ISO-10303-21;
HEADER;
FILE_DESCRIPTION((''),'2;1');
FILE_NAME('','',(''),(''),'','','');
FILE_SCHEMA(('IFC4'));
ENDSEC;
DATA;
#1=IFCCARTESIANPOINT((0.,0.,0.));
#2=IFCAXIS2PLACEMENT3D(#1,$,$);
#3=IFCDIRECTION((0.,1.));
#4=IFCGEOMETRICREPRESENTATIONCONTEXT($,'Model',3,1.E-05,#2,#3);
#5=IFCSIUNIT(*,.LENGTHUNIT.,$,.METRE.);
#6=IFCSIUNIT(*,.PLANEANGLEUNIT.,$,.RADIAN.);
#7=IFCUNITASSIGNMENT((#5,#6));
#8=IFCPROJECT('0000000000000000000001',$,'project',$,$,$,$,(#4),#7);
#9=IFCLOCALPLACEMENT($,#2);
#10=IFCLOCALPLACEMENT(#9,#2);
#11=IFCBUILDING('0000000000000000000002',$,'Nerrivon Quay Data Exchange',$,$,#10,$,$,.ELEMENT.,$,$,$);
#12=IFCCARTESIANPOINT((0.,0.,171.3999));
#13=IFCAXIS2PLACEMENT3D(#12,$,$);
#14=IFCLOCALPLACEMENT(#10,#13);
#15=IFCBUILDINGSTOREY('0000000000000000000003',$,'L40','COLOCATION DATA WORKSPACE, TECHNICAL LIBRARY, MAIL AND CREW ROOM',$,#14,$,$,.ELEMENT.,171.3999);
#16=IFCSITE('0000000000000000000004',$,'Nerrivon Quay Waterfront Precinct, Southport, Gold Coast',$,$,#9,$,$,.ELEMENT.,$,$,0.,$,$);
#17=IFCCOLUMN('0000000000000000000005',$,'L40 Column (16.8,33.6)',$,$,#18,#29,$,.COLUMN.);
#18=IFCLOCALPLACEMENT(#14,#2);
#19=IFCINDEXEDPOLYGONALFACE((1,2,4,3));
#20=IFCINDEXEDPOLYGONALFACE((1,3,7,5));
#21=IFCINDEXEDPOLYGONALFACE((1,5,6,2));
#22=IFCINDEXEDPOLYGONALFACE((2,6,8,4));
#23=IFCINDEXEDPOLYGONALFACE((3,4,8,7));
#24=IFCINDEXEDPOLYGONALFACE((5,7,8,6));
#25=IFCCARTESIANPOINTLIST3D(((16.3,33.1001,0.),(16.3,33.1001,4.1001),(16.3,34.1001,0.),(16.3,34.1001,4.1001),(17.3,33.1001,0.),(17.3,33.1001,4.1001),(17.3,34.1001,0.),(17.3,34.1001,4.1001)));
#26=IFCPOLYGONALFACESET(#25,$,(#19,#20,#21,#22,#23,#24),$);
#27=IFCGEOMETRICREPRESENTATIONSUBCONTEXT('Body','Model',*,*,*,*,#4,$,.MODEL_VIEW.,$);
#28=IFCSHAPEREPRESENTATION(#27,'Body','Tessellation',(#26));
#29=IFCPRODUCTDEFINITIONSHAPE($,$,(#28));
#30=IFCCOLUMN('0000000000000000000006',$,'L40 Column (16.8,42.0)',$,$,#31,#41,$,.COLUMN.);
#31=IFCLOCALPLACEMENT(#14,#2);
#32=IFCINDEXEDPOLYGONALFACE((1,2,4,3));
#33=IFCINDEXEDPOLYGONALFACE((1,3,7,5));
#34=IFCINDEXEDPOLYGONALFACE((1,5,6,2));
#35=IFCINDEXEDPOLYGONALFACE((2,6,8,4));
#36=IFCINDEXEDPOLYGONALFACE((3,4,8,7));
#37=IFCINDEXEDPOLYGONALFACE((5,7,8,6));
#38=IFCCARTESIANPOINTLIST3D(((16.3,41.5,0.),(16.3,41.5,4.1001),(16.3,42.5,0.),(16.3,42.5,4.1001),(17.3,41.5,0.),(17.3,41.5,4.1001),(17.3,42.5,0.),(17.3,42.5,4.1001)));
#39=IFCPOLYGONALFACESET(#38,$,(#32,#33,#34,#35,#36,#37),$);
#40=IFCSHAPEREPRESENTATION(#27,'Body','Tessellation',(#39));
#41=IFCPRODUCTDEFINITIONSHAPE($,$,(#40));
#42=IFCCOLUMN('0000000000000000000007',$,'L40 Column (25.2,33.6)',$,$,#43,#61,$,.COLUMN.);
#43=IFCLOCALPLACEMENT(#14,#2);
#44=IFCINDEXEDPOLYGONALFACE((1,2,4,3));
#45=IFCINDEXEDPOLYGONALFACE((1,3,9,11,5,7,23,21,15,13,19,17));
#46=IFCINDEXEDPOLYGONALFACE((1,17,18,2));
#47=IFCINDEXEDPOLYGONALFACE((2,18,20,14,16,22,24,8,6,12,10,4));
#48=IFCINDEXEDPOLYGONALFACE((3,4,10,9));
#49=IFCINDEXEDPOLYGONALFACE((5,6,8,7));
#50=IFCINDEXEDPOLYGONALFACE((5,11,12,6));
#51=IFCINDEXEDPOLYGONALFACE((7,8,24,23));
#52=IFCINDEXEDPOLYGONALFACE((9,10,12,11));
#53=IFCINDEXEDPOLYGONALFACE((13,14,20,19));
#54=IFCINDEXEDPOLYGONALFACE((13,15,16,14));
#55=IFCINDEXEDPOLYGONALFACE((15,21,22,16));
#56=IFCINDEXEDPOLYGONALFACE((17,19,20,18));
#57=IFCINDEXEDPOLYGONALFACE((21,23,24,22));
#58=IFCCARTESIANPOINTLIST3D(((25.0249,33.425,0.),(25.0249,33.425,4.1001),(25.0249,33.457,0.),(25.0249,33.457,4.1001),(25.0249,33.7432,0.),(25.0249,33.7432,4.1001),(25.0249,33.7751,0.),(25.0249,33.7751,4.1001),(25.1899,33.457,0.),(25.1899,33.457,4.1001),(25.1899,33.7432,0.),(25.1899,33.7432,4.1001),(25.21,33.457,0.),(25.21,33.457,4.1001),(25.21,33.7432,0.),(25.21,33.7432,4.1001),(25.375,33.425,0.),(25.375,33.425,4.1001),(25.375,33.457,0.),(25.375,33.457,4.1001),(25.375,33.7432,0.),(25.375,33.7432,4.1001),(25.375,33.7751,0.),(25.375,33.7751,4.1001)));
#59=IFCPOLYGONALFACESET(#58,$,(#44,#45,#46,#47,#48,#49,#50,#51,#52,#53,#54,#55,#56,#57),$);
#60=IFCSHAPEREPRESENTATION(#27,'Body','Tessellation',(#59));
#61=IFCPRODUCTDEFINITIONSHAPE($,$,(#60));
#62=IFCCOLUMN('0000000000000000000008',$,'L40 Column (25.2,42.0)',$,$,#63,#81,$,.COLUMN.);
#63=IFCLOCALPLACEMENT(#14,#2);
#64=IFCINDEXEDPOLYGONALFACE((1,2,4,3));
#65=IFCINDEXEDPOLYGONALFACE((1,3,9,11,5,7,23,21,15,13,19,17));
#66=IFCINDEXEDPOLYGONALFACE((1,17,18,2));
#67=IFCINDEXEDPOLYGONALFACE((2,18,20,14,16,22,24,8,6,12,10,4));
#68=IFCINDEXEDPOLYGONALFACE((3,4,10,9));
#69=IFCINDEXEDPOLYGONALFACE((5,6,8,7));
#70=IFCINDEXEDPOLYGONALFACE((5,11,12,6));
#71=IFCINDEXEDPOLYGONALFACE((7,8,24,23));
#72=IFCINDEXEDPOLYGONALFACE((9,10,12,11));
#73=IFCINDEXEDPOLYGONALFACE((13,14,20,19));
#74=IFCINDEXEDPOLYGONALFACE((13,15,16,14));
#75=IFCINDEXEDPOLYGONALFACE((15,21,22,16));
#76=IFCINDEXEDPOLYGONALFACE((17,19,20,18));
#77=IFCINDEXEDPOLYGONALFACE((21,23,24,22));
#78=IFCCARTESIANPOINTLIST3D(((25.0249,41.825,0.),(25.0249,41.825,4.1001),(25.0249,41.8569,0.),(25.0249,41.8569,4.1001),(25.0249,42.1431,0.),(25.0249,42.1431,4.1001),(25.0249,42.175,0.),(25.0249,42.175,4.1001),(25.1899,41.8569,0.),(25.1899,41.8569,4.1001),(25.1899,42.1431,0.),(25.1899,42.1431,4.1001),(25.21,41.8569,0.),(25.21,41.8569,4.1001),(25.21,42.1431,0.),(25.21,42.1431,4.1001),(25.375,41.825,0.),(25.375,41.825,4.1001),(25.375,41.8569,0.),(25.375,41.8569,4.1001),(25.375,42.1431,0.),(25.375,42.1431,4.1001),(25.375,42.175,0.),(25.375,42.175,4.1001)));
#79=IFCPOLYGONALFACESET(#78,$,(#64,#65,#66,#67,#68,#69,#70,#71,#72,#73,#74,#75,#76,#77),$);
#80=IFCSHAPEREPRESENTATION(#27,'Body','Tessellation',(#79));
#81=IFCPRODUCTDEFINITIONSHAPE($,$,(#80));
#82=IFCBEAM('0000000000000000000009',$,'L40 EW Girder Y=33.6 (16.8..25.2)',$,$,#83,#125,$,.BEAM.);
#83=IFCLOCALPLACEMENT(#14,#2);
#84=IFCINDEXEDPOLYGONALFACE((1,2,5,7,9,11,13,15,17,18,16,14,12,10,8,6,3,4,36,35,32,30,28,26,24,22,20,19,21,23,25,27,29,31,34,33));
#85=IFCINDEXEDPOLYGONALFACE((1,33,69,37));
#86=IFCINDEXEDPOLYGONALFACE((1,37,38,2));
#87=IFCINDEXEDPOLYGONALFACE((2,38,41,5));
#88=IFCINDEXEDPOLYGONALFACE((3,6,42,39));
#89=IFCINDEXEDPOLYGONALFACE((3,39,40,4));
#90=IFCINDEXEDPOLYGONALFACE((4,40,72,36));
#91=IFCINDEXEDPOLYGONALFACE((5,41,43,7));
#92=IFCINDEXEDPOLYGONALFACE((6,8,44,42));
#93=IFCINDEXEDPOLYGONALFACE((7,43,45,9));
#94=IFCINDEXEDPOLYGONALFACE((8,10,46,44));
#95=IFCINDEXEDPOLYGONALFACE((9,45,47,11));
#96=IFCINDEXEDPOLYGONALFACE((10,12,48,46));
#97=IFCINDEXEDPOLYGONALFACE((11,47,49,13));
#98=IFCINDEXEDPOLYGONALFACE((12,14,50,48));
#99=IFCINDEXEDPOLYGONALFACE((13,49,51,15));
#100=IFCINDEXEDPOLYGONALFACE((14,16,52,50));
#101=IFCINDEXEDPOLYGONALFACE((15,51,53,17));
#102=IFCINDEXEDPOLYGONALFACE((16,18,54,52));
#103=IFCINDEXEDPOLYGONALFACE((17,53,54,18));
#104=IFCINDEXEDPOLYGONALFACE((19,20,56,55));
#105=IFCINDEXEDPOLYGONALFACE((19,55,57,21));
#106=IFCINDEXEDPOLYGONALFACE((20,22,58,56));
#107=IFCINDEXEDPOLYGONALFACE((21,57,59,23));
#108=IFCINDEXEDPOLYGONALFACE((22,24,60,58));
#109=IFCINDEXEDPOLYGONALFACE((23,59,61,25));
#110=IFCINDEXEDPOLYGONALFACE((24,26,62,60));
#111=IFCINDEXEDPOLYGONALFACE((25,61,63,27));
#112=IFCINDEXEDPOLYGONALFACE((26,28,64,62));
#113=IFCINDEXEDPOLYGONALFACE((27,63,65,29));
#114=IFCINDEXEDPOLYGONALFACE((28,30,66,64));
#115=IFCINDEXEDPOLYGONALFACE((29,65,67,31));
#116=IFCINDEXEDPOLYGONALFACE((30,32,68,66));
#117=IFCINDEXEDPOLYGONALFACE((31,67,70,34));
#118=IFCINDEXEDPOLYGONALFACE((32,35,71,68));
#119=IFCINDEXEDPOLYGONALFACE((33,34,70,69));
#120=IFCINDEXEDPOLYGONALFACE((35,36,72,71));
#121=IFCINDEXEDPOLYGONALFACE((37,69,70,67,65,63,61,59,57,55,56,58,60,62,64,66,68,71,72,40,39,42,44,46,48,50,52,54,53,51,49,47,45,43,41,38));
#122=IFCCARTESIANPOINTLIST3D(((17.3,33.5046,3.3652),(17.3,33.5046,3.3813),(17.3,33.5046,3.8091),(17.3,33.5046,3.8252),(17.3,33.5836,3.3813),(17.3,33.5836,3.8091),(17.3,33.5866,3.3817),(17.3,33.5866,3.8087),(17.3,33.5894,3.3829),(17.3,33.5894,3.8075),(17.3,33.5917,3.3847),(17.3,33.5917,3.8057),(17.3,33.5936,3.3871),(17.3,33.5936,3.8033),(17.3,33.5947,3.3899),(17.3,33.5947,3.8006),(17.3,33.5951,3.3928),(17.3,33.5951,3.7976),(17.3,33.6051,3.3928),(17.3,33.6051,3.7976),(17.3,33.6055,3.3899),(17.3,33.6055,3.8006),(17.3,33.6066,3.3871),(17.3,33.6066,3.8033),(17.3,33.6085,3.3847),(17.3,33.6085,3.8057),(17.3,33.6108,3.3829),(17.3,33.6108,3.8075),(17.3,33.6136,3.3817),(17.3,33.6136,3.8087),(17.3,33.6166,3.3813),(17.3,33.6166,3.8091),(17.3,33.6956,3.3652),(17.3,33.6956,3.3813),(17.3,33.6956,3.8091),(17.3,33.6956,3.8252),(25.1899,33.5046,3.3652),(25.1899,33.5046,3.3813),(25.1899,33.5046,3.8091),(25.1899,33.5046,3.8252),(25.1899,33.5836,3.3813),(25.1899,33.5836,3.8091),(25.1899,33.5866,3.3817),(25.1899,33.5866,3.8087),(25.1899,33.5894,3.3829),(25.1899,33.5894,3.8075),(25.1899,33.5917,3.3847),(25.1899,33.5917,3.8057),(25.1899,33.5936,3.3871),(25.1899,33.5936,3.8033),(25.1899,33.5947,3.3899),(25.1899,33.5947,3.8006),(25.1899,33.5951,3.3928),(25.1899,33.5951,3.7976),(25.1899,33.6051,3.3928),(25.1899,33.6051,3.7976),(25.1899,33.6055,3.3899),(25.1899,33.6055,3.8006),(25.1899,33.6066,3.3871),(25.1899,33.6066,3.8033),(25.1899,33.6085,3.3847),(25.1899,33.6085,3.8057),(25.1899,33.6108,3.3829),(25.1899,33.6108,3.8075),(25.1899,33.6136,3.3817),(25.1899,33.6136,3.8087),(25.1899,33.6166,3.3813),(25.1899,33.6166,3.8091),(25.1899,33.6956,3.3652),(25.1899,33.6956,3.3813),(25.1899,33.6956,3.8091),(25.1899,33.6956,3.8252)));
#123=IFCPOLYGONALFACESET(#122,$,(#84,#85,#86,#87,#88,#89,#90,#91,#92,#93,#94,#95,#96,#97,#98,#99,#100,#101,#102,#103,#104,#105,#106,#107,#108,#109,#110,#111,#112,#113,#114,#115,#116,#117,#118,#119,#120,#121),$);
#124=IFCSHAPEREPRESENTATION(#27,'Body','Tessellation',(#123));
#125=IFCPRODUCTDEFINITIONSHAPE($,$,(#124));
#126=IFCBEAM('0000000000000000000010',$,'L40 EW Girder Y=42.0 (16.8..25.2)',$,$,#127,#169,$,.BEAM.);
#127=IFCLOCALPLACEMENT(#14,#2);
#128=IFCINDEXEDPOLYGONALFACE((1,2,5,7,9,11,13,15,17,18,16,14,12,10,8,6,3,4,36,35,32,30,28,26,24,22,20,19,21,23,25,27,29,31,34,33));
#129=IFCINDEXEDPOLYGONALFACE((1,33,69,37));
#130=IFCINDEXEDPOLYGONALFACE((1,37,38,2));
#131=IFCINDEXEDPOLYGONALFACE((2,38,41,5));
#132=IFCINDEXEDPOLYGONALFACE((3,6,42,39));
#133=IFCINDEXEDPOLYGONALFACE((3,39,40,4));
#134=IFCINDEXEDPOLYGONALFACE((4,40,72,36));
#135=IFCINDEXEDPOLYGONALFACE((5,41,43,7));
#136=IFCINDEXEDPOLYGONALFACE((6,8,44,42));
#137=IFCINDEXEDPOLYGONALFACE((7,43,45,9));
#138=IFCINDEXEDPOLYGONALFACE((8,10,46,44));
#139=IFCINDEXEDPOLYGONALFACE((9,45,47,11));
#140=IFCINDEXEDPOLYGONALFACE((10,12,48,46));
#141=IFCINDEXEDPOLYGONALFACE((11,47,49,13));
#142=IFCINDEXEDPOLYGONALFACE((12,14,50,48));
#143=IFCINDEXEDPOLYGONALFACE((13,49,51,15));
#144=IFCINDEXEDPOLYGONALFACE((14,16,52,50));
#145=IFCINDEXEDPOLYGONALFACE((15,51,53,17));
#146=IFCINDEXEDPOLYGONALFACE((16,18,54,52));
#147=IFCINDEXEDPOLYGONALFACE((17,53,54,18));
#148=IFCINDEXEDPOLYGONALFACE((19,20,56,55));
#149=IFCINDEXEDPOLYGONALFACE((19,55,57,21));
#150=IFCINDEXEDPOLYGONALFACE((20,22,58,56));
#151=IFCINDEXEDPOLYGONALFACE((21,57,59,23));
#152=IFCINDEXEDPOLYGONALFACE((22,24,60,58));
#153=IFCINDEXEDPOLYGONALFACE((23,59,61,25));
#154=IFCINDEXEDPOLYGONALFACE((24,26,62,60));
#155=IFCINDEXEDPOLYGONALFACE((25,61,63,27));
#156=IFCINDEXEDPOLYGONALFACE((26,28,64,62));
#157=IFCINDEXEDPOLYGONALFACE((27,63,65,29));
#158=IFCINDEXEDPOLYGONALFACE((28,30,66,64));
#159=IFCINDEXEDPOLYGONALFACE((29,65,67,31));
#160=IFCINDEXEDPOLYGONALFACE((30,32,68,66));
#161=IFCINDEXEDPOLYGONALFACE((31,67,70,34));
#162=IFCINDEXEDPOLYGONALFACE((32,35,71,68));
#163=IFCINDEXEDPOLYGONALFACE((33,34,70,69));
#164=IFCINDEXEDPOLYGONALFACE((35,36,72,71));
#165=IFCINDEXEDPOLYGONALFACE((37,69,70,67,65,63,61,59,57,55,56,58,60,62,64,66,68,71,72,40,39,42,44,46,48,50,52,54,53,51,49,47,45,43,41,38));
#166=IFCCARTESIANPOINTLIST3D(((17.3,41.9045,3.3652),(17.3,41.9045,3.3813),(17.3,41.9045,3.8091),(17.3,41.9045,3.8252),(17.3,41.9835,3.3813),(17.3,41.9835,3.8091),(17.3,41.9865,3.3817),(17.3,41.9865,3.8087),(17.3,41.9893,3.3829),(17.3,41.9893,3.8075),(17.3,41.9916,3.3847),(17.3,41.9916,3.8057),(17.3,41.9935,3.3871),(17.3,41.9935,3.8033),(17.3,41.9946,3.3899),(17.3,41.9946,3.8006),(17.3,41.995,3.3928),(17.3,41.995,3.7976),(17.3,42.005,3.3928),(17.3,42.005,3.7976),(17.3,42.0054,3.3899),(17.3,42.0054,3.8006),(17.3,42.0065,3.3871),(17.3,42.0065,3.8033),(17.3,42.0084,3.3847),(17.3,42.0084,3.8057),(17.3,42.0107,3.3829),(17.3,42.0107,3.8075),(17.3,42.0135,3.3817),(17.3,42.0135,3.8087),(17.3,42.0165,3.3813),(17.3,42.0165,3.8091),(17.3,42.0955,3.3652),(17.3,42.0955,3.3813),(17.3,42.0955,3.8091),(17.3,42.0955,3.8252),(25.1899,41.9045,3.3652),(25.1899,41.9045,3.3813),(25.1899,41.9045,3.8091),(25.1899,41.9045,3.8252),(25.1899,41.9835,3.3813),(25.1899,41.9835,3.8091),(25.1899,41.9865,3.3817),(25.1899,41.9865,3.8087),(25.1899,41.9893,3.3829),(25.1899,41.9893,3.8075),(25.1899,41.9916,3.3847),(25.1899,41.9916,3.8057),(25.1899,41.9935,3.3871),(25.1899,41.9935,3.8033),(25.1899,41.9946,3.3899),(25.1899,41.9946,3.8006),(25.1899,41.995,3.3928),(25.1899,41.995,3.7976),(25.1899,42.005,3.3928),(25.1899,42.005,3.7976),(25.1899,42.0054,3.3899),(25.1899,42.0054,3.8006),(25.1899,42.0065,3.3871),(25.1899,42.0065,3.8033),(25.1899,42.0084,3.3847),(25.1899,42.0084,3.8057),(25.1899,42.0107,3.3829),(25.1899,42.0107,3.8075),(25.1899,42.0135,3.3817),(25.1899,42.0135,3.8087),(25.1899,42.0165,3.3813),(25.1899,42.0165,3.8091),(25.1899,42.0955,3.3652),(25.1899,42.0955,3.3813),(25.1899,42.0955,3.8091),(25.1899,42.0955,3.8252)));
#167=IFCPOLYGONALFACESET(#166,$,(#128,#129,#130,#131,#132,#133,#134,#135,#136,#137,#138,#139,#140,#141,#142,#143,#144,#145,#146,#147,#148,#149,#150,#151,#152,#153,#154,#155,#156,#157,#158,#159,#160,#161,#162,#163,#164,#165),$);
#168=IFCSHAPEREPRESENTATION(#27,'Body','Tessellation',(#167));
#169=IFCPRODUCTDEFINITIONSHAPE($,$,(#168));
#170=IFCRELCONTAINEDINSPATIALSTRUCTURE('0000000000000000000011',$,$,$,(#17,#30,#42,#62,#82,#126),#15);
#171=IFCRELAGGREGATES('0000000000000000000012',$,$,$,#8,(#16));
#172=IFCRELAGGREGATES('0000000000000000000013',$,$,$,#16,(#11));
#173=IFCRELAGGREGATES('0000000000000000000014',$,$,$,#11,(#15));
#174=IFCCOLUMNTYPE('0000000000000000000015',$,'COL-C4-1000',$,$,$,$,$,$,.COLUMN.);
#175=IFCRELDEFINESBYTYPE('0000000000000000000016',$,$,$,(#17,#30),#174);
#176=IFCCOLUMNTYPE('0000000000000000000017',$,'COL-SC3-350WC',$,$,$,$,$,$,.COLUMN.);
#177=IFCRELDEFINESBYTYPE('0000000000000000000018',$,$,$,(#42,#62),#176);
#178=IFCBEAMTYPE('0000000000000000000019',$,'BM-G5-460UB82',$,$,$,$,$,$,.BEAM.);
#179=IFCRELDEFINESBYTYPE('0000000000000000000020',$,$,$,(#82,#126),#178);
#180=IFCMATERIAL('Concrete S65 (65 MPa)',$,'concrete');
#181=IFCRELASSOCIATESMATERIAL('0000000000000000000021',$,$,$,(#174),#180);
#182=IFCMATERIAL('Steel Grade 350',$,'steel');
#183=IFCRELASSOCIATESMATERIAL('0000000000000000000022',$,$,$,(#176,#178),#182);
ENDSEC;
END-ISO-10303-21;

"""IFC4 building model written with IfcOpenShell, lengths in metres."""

from ifc_helpers import new_model, si_unit, direction, frame, origin, origin_2d, place, context, subcontext, project, spatial, rectangle, i_section, extrude, material, material_profile, profile_set, type_object, element, save


model = new_model("IFC4")

# Units and contexts
model_context = context("Model", 3, precision=1e-05, world=origin(), true_north=direction((0.0, 1.0)))
body_context = subcontext(model_context, "Body", "Model", "MODEL_VIEW")
ifc_project = project(units=[si_unit("LENGTHUNIT", "METRE"), si_unit("PLANEANGLEUNIT", "RADIAN")], contexts=[model_context])

# Site, building, storey
site_placement = place(None, origin())
site = spatial("IfcSite", under=ifc_project, at=site_placement, Name="Nerrivon Quay Waterfront Precinct, Southport, Gold Coast", CompositionType="ELEMENT", RefElevation=0.0)
building_placement = place(site_placement, origin())
building = spatial("IfcBuilding", under=site, at=building_placement, Name="Nerrivon Quay Data Exchange", CompositionType="ELEMENT")
storey_placement = place(building_placement, frame((0.0, 0.0, 171.3999)))
storey = spatial("IfcBuildingStorey", under=building, at=storey_placement, Name="L40", Description="COLOCATION DATA WORKSPACE, TECHNICAL LIBRARY, MAIL AND CREW ROOM", CompositionType="ELEMENT", Elevation=171.3999)

# Columns
ifc_material_1 = material(Name="Concrete S65 (65 MPa)", Category="concrete")
ifc_material_profile_1 = material_profile(ifc_material_1, rectangle(XDim=1.0, YDim=1.0, at=origin_2d()), Name="RC-COL-1000x1000")
ifc_profile_set_1 = profile_set([ifc_material_profile_1], Name="Concrete S65 (65 MPa)")
column_type_1 = type_object("IfcColumnType", Name="COL-C4-1000", PredefinedType="COLUMN", material=ifc_profile_set_1)
for number, where, z_axis, x_axis, name in (
    (1, (16.8, 33.6001, 0.0), (0.0, 0.0, 1.0), (1.0, 0.0, 0.0), "L40 Column (16.8,33.6)"),
    (2, (16.8, 42.0, 0.0), (0.0, 0.0, 1.0), (1.0, 0.0, 0.0), "L40 Column (16.8,42.0)"),
):
    element("IfcColumn", number, at=place(storey_placement, frame(where, z_axis=z_axis, x_axis=x_axis)), inside=storey, type_object=column_type_1, Name=name, PredefinedType="COLUMN", context=body_context, shape_type="SweptSolid", body=[
        extrude(rectangle(XDim=1.0, YDim=1.0, at=origin_2d()), origin(), (0.0, 0.0, 1.0), 4.1001),
    ])
ifc_material_2 = material(Name="Steel Grade 350", Category="steel")
ifc_material_profile_2 = material_profile(ifc_material_2, i_section(OverallWidth=0.3501, OverallDepth=0.3501, WebThickness=0.02, FlangeThickness=0.032, at=origin_2d()), Name="350WC230")
ifc_profile_set_2 = profile_set([ifc_material_profile_2], Name="Steel Grade 350")
column_type_2 = type_object("IfcColumnType", Name="COL-SC3-350WC", PredefinedType="COLUMN", material=ifc_profile_set_2)
for number, where, z_axis, x_axis, name in (
    (3, (25.2, 33.6001, 0.0), (0.0, 0.0, 1.0), (1.0, 0.0, 0.0), "L40 Column (25.2,33.6)"),
    (4, (25.2, 42.0, 0.0), (0.0, 0.0, 1.0), (1.0, 0.0, 0.0), "L40 Column (25.2,42.0)"),
):
    element("IfcColumn", number, at=place(storey_placement, frame(where, z_axis=z_axis, x_axis=x_axis)), inside=storey, type_object=column_type_2, Name=name, PredefinedType="COLUMN", context=body_context, shape_type="SweptSolid", body=[
        extrude(i_section(OverallWidth=0.3501, OverallDepth=0.3501, WebThickness=0.02, FlangeThickness=0.032, at=origin_2d()), origin(), (0.0, 0.0, 1.0), 4.1001),
    ])

# Beams
ifc_material_profile_3 = material_profile(ifc_material_2, i_section(OverallWidth=0.1909, OverallDepth=0.46, WebThickness=0.01, FlangeThickness=0.0161, FilletRadius=0.0115, at=origin_2d()), Name="460UB82.1")
ifc_profile_set_3 = profile_set([ifc_material_profile_3], Name="Steel Grade 350")
beam_type_1 = type_object("IfcBeamType", Name="BM-G5-460UB82", PredefinedType="BEAM", material=ifc_profile_set_3)
for number, where, z_axis, x_axis, name in (
    (5, (17.3, 33.6001, 3.5952), (1.0, 0.0, 0.0), (0.0, 1.0, 0.0), "L40 EW Girder Y=33.6 (16.8..25.2)"),
    (6, (17.3, 42.0, 3.5952), (1.0, 0.0, 0.0), (0.0, 1.0, 0.0), "L40 EW Girder Y=42.0 (16.8..25.2)"),
):
    element("IfcBeam", number, at=place(storey_placement, frame(where, z_axis=z_axis, x_axis=x_axis)), inside=storey, type_object=beam_type_1, Name=name, PredefinedType="BEAM", context=body_context, shape_type="SweptSolid", body=[
        extrude(i_section(OverallWidth=0.1909, OverallDepth=0.46, WebThickness=0.01, FlangeThickness=0.0161, FilletRadius=0.0115, at=origin_2d()), origin(), (0.0, 0.0, 1.0), 7.8899),
    ])

save(model, "model.ifc")
